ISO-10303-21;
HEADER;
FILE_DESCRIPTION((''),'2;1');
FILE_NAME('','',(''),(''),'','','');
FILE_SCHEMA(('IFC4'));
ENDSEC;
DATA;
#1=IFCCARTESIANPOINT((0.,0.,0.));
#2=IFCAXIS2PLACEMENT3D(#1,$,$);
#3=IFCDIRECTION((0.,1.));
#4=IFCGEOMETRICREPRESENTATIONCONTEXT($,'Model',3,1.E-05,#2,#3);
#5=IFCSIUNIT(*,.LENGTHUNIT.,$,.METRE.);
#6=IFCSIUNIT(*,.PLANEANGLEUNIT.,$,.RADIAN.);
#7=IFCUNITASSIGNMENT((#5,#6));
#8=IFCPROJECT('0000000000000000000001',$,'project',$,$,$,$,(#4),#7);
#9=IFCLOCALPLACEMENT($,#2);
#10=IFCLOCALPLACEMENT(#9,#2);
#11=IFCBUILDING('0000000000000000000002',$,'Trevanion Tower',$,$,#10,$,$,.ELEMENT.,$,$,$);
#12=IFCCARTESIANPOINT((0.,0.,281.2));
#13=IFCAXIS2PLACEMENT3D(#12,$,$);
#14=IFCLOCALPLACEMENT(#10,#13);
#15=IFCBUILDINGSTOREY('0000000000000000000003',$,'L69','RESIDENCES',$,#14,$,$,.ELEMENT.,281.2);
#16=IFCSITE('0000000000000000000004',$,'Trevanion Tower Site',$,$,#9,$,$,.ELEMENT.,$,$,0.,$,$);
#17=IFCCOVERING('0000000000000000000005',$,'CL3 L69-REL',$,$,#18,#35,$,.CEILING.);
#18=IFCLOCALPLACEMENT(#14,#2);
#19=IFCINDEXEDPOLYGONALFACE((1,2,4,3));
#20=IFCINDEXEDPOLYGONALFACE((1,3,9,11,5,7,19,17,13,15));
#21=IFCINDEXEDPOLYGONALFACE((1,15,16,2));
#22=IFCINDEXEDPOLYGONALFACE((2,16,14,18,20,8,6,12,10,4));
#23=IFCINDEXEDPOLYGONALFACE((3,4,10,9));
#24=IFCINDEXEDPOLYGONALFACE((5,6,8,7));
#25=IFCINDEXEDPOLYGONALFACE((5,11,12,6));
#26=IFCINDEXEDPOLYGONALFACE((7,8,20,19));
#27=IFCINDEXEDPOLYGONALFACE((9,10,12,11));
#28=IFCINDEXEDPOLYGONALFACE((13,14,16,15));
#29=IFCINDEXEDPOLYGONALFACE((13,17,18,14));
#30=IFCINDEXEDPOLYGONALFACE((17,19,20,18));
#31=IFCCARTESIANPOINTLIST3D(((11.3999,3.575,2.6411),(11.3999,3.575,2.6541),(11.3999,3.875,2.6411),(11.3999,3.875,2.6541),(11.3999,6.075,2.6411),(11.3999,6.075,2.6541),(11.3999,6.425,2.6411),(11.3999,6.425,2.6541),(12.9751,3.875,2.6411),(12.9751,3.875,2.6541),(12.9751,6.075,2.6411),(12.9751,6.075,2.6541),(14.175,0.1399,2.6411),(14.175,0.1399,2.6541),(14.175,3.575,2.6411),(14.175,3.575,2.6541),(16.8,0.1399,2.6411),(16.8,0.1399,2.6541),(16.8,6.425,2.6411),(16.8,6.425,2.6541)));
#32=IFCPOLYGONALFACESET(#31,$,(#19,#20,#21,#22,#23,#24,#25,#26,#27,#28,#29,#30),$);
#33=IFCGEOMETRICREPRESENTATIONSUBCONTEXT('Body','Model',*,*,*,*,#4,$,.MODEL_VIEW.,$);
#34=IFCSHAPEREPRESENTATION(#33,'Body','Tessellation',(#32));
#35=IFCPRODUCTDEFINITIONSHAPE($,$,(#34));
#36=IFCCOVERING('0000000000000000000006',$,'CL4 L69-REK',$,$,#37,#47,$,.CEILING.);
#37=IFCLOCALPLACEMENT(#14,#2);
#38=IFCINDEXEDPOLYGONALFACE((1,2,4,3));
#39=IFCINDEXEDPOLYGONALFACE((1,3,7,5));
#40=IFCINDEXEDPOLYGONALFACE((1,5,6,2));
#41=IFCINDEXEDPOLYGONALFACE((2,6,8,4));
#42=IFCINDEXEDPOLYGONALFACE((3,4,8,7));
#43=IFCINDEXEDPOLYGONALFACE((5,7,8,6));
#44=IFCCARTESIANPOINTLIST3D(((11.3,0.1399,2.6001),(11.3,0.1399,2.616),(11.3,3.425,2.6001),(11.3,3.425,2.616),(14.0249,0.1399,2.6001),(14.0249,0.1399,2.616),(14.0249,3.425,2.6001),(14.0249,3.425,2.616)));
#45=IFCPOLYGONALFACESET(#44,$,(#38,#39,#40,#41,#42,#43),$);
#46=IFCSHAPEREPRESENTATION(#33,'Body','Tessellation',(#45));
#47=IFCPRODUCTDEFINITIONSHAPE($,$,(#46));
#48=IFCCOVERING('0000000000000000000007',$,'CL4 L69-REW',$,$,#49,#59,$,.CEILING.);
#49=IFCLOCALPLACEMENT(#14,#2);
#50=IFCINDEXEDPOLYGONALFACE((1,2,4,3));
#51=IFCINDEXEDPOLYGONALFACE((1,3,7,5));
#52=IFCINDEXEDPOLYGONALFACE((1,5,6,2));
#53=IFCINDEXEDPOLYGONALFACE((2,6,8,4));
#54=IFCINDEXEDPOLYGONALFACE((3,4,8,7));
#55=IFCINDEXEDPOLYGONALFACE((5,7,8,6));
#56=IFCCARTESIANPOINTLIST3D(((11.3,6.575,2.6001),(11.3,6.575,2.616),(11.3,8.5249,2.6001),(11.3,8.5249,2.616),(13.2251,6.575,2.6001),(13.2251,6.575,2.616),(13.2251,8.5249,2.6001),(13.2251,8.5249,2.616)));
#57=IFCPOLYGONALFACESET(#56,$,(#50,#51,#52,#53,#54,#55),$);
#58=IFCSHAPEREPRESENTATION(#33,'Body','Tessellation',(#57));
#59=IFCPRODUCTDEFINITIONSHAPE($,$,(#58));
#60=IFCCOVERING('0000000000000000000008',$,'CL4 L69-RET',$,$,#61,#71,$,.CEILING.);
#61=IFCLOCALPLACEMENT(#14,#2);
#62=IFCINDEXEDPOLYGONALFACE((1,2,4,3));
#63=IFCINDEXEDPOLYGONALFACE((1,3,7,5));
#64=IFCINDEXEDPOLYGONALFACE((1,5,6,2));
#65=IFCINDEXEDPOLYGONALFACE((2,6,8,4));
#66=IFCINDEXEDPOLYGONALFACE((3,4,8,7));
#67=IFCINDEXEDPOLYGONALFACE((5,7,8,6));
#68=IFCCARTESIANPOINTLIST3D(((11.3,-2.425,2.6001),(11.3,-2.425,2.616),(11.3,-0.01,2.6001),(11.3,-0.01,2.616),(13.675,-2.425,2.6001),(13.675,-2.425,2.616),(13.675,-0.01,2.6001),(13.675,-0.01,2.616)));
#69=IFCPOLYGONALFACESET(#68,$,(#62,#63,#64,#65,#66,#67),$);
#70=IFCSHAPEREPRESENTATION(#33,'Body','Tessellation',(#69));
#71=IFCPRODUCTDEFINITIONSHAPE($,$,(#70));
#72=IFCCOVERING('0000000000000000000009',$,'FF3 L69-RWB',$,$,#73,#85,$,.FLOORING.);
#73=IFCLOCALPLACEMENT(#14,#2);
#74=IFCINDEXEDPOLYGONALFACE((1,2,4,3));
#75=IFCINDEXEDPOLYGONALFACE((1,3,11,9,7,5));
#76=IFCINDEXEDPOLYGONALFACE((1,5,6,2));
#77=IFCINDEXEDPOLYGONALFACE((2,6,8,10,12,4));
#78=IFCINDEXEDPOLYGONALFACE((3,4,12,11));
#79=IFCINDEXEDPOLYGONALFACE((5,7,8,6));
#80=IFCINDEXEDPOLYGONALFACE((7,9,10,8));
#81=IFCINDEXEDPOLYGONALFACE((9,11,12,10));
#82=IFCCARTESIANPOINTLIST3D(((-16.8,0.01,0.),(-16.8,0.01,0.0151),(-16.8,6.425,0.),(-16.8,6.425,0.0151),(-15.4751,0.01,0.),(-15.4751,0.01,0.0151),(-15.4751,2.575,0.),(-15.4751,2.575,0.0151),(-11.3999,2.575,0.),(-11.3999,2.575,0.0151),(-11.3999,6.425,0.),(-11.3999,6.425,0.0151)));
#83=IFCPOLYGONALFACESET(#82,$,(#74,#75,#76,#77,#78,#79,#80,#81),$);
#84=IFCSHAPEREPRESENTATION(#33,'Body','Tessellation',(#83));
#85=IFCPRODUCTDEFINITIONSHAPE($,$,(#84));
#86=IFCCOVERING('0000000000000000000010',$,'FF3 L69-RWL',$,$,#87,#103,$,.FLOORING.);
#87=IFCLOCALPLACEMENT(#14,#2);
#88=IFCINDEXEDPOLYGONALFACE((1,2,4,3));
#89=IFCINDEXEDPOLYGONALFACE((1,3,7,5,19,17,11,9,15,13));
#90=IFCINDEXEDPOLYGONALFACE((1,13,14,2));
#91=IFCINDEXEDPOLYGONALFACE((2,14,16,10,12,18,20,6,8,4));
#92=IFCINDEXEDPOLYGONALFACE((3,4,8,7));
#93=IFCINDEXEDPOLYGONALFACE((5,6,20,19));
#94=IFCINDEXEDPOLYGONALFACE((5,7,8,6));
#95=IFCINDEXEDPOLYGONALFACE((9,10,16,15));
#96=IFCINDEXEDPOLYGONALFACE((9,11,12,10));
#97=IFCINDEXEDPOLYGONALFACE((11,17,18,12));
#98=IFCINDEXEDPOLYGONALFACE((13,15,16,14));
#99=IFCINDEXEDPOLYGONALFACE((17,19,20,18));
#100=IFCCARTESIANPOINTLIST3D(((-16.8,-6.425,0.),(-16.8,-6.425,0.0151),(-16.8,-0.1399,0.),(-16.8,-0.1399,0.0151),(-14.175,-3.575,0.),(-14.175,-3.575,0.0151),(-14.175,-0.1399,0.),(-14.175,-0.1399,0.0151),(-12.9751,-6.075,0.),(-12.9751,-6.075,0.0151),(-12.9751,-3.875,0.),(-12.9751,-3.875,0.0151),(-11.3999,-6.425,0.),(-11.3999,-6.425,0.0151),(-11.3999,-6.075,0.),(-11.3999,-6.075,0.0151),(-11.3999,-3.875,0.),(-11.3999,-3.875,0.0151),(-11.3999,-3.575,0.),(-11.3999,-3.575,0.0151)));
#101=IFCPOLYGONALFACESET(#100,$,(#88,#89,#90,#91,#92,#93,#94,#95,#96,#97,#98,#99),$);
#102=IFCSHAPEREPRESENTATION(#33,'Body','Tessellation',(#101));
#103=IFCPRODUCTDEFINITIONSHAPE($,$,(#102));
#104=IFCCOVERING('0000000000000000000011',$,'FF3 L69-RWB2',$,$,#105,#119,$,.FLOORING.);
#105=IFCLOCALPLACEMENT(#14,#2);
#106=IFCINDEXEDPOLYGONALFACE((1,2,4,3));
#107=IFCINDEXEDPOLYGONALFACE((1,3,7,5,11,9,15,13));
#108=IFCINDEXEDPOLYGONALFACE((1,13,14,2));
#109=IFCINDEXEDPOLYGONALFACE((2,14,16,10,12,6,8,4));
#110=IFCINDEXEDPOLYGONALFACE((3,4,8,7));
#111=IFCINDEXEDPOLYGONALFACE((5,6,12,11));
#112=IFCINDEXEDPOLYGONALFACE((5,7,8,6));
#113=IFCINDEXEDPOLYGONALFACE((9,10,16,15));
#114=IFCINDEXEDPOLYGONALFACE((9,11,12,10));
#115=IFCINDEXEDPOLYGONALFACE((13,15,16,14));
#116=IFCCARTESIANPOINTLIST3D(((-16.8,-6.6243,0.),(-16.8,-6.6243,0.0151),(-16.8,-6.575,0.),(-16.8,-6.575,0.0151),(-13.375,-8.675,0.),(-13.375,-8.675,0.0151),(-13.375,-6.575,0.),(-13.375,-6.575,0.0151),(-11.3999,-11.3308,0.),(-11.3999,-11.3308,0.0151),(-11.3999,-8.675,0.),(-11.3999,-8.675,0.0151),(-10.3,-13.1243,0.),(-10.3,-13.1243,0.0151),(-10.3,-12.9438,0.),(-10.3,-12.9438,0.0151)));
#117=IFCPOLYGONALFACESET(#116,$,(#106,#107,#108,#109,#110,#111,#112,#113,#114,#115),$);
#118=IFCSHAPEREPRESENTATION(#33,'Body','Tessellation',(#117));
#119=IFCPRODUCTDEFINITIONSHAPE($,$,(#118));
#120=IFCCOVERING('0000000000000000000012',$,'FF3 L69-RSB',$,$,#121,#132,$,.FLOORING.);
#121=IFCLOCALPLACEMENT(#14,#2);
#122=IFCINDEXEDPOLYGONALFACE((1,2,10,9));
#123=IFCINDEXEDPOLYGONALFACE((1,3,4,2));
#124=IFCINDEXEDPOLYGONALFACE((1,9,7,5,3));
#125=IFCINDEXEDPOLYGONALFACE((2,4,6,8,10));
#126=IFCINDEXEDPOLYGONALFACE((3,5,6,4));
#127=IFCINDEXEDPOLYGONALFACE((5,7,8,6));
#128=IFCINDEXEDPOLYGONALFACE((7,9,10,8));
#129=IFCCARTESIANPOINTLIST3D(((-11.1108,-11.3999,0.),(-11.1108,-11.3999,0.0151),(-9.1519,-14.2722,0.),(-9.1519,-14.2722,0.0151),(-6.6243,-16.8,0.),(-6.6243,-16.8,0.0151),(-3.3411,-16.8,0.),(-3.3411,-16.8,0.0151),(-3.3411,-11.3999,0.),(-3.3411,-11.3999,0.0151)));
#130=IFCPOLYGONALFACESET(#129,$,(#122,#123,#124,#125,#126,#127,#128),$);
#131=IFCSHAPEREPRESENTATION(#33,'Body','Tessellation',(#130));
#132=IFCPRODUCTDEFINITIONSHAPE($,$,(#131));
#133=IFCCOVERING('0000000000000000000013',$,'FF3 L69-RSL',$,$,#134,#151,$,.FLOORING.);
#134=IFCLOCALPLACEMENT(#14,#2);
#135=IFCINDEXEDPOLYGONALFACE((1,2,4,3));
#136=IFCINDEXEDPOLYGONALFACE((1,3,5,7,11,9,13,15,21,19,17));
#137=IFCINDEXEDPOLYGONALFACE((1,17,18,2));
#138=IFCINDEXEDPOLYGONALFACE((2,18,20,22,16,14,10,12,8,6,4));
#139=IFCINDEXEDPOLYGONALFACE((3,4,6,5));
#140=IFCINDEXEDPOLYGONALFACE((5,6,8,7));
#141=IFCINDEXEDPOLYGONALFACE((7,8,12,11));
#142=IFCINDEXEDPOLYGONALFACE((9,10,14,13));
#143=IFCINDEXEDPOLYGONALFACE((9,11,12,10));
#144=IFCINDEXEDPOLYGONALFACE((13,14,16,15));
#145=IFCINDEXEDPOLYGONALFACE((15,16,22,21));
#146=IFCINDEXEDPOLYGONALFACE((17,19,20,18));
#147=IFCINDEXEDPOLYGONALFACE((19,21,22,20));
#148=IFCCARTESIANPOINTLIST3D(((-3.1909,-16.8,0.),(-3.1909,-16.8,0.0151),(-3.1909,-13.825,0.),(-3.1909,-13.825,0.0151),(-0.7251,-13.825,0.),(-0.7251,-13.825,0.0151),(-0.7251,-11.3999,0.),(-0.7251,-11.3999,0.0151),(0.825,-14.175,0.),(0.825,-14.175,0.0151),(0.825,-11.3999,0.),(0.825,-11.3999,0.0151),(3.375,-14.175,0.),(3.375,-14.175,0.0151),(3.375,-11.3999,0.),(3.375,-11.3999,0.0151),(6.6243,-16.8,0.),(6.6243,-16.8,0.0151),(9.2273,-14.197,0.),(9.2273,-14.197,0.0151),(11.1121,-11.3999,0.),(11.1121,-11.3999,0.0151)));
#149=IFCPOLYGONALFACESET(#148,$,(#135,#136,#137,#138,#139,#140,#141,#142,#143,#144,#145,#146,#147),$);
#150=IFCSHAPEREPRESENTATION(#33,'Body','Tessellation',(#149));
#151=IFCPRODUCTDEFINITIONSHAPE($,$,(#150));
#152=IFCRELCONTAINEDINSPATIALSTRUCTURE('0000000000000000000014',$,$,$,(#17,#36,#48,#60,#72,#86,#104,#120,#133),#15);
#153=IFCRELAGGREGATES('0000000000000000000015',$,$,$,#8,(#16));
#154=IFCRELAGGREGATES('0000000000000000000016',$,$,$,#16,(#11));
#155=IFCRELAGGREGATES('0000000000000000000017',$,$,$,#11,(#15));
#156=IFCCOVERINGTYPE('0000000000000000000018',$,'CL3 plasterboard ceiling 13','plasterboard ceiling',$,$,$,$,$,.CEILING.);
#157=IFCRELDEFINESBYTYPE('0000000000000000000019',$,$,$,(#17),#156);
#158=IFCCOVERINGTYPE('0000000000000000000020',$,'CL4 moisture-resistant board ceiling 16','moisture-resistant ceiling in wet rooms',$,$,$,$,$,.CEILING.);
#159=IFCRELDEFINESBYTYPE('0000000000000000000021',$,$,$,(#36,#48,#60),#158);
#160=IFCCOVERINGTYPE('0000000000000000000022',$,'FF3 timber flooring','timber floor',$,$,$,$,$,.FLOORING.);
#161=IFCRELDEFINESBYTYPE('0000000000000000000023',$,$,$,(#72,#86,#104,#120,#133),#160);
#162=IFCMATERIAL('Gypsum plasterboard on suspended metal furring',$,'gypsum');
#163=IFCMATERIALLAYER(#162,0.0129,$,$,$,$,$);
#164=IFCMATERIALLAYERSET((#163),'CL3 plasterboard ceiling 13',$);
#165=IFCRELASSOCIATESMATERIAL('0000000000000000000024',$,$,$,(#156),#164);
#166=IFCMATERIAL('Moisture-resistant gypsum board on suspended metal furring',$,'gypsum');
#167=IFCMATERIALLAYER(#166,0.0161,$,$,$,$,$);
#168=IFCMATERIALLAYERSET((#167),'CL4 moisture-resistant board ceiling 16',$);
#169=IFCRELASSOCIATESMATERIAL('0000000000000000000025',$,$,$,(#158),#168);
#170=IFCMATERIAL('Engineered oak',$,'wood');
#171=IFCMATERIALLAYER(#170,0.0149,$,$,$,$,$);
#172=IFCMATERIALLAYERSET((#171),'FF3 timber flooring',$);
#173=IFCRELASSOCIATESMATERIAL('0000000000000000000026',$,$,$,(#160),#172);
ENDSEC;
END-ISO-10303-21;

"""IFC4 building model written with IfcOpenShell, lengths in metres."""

from ifc_helpers import new_model, si_unit, direction, frame, origin, place, context, subcontext, project, spatial, polyline, outline, extrude, material, layer, layer_set, type_object, element, save


model = new_model("IFC4")

# Units and contexts
model_context = context("Model", 3, precision=1e-05, world=origin(), true_north=direction((0.0, 1.0)))
body_context = subcontext(model_context, "Body", "Model", "MODEL_VIEW")
ifc_project = project(units=[si_unit("LENGTHUNIT", "METRE"), si_unit("PLANEANGLEUNIT", "RADIAN")], contexts=[model_context])

# Site, building, storey
site_placement = place(None, origin())
site = spatial("IfcSite", under=ifc_project, at=site_placement, Name="Trevanion Tower Site", CompositionType="ELEMENT", RefElevation=0.0)
building_placement = place(site_placement, origin())
building = spatial("IfcBuilding", under=site, at=building_placement, Name="Trevanion Tower", CompositionType="ELEMENT")
storey_placement = place(building_placement, frame((0.0, 0.0, 281.2)))
storey = spatial("IfcBuildingStorey", under=building, at=storey_placement, Name="L69", Description="RESIDENCES", CompositionType="ELEMENT", Elevation=281.2)

# Coverings
ifc_material_1 = material(Name="Gypsum plasterboard on suspended metal furring", Category="gypsum")
ifc_layer_1 = layer(ifc_material_1, 0.0129)
ifc_layer_set_1 = layer_set([ifc_layer_1], Name="CL3 plasterboard ceiling 13")
covering_type_1 = type_object("IfcCoveringType", Name="CL3 plasterboard ceiling 13", Description="plasterboard ceiling", PredefinedType="CEILING", material=ifc_layer_set_1)
covering_1_placement = place(storey_placement, frame((0.0, 0.0, 2.6411)))
element("IfcCovering", 1, at=covering_1_placement, inside=storey, type_object=covering_type_1, Name="CL3 L69-REL", PredefinedType="CEILING", context=body_context, shape_type="SweptSolid", body=[
    extrude(outline(polyline([(14.175, 0.1399), (14.175, 3.575), (11.3999, 3.575), (11.3999, 3.875), (12.9751, 3.875), (12.9751, 6.075), (11.3999, 6.075), (11.3999, 6.425), (16.8, 6.425), (16.8, 0.1399), (14.175, 0.1399)])), origin(), (0.0, 0.0, 1.0), 0.0129),
])
ifc_material_2 = material(Name="Moisture-resistant gypsum board on suspended metal furring", Category="gypsum")
ifc_layer_2 = layer(ifc_material_2, 0.0161)
ifc_layer_set_2 = layer_set([ifc_layer_2], Name="CL4 moisture-resistant board ceiling 16")
covering_type_2 = type_object("IfcCoveringType", Name="CL4 moisture-resistant board ceiling 16", Description="moisture-resistant ceiling in wet rooms", PredefinedType="CEILING", material=ifc_layer_set_2)
covering_2_placement = place(storey_placement, frame((0.0, 0.0, 2.6001)))
element("IfcCovering", 2, at=covering_2_placement, inside=storey, type_object=covering_type_2, Name="CL4 L69-REK", PredefinedType="CEILING", context=body_context, shape_type="SweptSolid", body=[
    extrude(outline(polyline([(14.0249, 0.1399), (14.0249, 3.425), (11.3, 3.425), (11.3, 0.1399), (14.0249, 0.1399)])), origin(), (0.0, 0.0, 1.0), 0.0159),
])
covering_3_placement = place(storey_placement, frame((0.0, 0.0, 2.6001)))
element("IfcCovering", 3, at=covering_3_placement, inside=storey, type_object=covering_type_2, Name="CL4 L69-REW", PredefinedType="CEILING", context=body_context, shape_type="SweptSolid", body=[
    extrude(outline(polyline([(13.2251, 6.575), (13.2251, 8.5249), (11.3, 8.5249), (11.3, 6.575), (13.2251, 6.575)])), origin(), (0.0, 0.0, 1.0), 0.0159),
])
covering_4_placement = place(storey_placement, frame((0.0, 0.0, 2.6001)))
element("IfcCovering", 4, at=covering_4_placement, inside=storey, type_object=covering_type_2, Name="CL4 L69-RET", PredefinedType="CEILING", context=body_context, shape_type="SweptSolid", body=[
    extrude(outline(polyline([(13.675, -2.425), (13.675, -0.01), (11.3, -0.01), (11.3, -2.425), (13.675, -2.425)])), origin(), (0.0, 0.0, 1.0), 0.0159),
])
ifc_material_3 = material(Name="Engineered oak", Category="wood")
ifc_layer_3 = layer(ifc_material_3, 0.0149)
ifc_layer_set_3 = layer_set([ifc_layer_3], Name="FF3 timber flooring")
covering_type_3 = type_object("IfcCoveringType", Name="FF3 timber flooring", Description="timber floor", PredefinedType="FLOORING", material=ifc_layer_set_3)
covering_5_placement = place(storey_placement, origin())
element("IfcCovering", 5, at=covering_5_placement, inside=storey, type_object=covering_type_3, Name="FF3 L69-RWB", PredefinedType="FLOORING", context=body_context, shape_type="SweptSolid", body=[
    extrude(outline(polyline([(-11.3999, 6.425), (-11.3999, 2.575), (-15.4751, 2.575), (-15.4751, 0.01), (-16.8, 0.01), (-16.8, 6.425), (-11.3999, 6.425)])), origin(), (0.0, 0.0, 1.0), 0.0151),
])
covering_6_placement = place(storey_placement, origin())
element("IfcCovering", 6, at=covering_6_placement, inside=storey, type_object=covering_type_3, Name="FF3 L69-RWL", PredefinedType="FLOORING", context=body_context, shape_type="SweptSolid", body=[
    extrude(outline(polyline([(-14.175, -0.1399), (-14.175, -3.575), (-11.3999, -3.575), (-11.3999, -3.875), (-12.9751, -3.875), (-12.9751, -6.075), (-11.3999, -6.075), (-11.3999, -6.425), (-16.8, -6.425), (-16.8, -0.1399), (-14.175, -0.1399)])), origin(), (0.0, 0.0, 1.0), 0.0151),
])
covering_7_placement = place(storey_placement, origin())
element("IfcCovering", 7, at=covering_7_placement, inside=storey, type_object=covering_type_3, Name="FF3 L69-RWB2", PredefinedType="FLOORING", context=body_context, shape_type="SweptSolid", body=[
    extrude(outline(polyline([(-13.375, -6.575), (-13.375, -8.675), (-11.3999, -8.675), (-11.3999, -11.3308), (-10.3, -12.9438), (-10.3, -13.1243), (-16.8, -6.6243), (-16.8, -6.575), (-13.375, -6.575)])), origin(), (0.0, 0.0, 1.0), 0.0151),
])
covering_8_placement = place(storey_placement, origin())
element("IfcCovering", 8, at=covering_8_placement, inside=storey, type_object=covering_type_3, Name="FF3 L69-RSB", PredefinedType="FLOORING", context=body_context, shape_type="SweptSolid", body=[
    extrude(outline(polyline([(-11.1108, -11.3999), (-3.3411, -11.3999), (-3.3411, -16.8), (-6.6243, -16.8), (-9.1519, -14.2722), (-11.1108, -11.3999)])), origin(), (0.0, 0.0, 1.0), 0.0151),
])
covering_9_placement = place(storey_placement, origin())
element("IfcCovering", 9, at=covering_9_placement, inside=storey, type_object=covering_type_3, Name="FF3 L69-RSL", PredefinedType="FLOORING", context=body_context, shape_type="SweptSolid", body=[
    extrude(outline(polyline([(9.2273, -14.197), (6.6243, -16.8), (-3.1909, -16.8), (-3.1909, -13.825), (-0.7251, -13.825), (-0.7251, -11.3999), (0.825, -11.3999), (0.825, -14.175), (3.375, -14.175), (3.375, -11.3999), (11.1121, -11.3999), (9.2273, -14.197)])), origin(), (0.0, 0.0, 1.0), 0.0151),
])

save(model, "model.ifc")
